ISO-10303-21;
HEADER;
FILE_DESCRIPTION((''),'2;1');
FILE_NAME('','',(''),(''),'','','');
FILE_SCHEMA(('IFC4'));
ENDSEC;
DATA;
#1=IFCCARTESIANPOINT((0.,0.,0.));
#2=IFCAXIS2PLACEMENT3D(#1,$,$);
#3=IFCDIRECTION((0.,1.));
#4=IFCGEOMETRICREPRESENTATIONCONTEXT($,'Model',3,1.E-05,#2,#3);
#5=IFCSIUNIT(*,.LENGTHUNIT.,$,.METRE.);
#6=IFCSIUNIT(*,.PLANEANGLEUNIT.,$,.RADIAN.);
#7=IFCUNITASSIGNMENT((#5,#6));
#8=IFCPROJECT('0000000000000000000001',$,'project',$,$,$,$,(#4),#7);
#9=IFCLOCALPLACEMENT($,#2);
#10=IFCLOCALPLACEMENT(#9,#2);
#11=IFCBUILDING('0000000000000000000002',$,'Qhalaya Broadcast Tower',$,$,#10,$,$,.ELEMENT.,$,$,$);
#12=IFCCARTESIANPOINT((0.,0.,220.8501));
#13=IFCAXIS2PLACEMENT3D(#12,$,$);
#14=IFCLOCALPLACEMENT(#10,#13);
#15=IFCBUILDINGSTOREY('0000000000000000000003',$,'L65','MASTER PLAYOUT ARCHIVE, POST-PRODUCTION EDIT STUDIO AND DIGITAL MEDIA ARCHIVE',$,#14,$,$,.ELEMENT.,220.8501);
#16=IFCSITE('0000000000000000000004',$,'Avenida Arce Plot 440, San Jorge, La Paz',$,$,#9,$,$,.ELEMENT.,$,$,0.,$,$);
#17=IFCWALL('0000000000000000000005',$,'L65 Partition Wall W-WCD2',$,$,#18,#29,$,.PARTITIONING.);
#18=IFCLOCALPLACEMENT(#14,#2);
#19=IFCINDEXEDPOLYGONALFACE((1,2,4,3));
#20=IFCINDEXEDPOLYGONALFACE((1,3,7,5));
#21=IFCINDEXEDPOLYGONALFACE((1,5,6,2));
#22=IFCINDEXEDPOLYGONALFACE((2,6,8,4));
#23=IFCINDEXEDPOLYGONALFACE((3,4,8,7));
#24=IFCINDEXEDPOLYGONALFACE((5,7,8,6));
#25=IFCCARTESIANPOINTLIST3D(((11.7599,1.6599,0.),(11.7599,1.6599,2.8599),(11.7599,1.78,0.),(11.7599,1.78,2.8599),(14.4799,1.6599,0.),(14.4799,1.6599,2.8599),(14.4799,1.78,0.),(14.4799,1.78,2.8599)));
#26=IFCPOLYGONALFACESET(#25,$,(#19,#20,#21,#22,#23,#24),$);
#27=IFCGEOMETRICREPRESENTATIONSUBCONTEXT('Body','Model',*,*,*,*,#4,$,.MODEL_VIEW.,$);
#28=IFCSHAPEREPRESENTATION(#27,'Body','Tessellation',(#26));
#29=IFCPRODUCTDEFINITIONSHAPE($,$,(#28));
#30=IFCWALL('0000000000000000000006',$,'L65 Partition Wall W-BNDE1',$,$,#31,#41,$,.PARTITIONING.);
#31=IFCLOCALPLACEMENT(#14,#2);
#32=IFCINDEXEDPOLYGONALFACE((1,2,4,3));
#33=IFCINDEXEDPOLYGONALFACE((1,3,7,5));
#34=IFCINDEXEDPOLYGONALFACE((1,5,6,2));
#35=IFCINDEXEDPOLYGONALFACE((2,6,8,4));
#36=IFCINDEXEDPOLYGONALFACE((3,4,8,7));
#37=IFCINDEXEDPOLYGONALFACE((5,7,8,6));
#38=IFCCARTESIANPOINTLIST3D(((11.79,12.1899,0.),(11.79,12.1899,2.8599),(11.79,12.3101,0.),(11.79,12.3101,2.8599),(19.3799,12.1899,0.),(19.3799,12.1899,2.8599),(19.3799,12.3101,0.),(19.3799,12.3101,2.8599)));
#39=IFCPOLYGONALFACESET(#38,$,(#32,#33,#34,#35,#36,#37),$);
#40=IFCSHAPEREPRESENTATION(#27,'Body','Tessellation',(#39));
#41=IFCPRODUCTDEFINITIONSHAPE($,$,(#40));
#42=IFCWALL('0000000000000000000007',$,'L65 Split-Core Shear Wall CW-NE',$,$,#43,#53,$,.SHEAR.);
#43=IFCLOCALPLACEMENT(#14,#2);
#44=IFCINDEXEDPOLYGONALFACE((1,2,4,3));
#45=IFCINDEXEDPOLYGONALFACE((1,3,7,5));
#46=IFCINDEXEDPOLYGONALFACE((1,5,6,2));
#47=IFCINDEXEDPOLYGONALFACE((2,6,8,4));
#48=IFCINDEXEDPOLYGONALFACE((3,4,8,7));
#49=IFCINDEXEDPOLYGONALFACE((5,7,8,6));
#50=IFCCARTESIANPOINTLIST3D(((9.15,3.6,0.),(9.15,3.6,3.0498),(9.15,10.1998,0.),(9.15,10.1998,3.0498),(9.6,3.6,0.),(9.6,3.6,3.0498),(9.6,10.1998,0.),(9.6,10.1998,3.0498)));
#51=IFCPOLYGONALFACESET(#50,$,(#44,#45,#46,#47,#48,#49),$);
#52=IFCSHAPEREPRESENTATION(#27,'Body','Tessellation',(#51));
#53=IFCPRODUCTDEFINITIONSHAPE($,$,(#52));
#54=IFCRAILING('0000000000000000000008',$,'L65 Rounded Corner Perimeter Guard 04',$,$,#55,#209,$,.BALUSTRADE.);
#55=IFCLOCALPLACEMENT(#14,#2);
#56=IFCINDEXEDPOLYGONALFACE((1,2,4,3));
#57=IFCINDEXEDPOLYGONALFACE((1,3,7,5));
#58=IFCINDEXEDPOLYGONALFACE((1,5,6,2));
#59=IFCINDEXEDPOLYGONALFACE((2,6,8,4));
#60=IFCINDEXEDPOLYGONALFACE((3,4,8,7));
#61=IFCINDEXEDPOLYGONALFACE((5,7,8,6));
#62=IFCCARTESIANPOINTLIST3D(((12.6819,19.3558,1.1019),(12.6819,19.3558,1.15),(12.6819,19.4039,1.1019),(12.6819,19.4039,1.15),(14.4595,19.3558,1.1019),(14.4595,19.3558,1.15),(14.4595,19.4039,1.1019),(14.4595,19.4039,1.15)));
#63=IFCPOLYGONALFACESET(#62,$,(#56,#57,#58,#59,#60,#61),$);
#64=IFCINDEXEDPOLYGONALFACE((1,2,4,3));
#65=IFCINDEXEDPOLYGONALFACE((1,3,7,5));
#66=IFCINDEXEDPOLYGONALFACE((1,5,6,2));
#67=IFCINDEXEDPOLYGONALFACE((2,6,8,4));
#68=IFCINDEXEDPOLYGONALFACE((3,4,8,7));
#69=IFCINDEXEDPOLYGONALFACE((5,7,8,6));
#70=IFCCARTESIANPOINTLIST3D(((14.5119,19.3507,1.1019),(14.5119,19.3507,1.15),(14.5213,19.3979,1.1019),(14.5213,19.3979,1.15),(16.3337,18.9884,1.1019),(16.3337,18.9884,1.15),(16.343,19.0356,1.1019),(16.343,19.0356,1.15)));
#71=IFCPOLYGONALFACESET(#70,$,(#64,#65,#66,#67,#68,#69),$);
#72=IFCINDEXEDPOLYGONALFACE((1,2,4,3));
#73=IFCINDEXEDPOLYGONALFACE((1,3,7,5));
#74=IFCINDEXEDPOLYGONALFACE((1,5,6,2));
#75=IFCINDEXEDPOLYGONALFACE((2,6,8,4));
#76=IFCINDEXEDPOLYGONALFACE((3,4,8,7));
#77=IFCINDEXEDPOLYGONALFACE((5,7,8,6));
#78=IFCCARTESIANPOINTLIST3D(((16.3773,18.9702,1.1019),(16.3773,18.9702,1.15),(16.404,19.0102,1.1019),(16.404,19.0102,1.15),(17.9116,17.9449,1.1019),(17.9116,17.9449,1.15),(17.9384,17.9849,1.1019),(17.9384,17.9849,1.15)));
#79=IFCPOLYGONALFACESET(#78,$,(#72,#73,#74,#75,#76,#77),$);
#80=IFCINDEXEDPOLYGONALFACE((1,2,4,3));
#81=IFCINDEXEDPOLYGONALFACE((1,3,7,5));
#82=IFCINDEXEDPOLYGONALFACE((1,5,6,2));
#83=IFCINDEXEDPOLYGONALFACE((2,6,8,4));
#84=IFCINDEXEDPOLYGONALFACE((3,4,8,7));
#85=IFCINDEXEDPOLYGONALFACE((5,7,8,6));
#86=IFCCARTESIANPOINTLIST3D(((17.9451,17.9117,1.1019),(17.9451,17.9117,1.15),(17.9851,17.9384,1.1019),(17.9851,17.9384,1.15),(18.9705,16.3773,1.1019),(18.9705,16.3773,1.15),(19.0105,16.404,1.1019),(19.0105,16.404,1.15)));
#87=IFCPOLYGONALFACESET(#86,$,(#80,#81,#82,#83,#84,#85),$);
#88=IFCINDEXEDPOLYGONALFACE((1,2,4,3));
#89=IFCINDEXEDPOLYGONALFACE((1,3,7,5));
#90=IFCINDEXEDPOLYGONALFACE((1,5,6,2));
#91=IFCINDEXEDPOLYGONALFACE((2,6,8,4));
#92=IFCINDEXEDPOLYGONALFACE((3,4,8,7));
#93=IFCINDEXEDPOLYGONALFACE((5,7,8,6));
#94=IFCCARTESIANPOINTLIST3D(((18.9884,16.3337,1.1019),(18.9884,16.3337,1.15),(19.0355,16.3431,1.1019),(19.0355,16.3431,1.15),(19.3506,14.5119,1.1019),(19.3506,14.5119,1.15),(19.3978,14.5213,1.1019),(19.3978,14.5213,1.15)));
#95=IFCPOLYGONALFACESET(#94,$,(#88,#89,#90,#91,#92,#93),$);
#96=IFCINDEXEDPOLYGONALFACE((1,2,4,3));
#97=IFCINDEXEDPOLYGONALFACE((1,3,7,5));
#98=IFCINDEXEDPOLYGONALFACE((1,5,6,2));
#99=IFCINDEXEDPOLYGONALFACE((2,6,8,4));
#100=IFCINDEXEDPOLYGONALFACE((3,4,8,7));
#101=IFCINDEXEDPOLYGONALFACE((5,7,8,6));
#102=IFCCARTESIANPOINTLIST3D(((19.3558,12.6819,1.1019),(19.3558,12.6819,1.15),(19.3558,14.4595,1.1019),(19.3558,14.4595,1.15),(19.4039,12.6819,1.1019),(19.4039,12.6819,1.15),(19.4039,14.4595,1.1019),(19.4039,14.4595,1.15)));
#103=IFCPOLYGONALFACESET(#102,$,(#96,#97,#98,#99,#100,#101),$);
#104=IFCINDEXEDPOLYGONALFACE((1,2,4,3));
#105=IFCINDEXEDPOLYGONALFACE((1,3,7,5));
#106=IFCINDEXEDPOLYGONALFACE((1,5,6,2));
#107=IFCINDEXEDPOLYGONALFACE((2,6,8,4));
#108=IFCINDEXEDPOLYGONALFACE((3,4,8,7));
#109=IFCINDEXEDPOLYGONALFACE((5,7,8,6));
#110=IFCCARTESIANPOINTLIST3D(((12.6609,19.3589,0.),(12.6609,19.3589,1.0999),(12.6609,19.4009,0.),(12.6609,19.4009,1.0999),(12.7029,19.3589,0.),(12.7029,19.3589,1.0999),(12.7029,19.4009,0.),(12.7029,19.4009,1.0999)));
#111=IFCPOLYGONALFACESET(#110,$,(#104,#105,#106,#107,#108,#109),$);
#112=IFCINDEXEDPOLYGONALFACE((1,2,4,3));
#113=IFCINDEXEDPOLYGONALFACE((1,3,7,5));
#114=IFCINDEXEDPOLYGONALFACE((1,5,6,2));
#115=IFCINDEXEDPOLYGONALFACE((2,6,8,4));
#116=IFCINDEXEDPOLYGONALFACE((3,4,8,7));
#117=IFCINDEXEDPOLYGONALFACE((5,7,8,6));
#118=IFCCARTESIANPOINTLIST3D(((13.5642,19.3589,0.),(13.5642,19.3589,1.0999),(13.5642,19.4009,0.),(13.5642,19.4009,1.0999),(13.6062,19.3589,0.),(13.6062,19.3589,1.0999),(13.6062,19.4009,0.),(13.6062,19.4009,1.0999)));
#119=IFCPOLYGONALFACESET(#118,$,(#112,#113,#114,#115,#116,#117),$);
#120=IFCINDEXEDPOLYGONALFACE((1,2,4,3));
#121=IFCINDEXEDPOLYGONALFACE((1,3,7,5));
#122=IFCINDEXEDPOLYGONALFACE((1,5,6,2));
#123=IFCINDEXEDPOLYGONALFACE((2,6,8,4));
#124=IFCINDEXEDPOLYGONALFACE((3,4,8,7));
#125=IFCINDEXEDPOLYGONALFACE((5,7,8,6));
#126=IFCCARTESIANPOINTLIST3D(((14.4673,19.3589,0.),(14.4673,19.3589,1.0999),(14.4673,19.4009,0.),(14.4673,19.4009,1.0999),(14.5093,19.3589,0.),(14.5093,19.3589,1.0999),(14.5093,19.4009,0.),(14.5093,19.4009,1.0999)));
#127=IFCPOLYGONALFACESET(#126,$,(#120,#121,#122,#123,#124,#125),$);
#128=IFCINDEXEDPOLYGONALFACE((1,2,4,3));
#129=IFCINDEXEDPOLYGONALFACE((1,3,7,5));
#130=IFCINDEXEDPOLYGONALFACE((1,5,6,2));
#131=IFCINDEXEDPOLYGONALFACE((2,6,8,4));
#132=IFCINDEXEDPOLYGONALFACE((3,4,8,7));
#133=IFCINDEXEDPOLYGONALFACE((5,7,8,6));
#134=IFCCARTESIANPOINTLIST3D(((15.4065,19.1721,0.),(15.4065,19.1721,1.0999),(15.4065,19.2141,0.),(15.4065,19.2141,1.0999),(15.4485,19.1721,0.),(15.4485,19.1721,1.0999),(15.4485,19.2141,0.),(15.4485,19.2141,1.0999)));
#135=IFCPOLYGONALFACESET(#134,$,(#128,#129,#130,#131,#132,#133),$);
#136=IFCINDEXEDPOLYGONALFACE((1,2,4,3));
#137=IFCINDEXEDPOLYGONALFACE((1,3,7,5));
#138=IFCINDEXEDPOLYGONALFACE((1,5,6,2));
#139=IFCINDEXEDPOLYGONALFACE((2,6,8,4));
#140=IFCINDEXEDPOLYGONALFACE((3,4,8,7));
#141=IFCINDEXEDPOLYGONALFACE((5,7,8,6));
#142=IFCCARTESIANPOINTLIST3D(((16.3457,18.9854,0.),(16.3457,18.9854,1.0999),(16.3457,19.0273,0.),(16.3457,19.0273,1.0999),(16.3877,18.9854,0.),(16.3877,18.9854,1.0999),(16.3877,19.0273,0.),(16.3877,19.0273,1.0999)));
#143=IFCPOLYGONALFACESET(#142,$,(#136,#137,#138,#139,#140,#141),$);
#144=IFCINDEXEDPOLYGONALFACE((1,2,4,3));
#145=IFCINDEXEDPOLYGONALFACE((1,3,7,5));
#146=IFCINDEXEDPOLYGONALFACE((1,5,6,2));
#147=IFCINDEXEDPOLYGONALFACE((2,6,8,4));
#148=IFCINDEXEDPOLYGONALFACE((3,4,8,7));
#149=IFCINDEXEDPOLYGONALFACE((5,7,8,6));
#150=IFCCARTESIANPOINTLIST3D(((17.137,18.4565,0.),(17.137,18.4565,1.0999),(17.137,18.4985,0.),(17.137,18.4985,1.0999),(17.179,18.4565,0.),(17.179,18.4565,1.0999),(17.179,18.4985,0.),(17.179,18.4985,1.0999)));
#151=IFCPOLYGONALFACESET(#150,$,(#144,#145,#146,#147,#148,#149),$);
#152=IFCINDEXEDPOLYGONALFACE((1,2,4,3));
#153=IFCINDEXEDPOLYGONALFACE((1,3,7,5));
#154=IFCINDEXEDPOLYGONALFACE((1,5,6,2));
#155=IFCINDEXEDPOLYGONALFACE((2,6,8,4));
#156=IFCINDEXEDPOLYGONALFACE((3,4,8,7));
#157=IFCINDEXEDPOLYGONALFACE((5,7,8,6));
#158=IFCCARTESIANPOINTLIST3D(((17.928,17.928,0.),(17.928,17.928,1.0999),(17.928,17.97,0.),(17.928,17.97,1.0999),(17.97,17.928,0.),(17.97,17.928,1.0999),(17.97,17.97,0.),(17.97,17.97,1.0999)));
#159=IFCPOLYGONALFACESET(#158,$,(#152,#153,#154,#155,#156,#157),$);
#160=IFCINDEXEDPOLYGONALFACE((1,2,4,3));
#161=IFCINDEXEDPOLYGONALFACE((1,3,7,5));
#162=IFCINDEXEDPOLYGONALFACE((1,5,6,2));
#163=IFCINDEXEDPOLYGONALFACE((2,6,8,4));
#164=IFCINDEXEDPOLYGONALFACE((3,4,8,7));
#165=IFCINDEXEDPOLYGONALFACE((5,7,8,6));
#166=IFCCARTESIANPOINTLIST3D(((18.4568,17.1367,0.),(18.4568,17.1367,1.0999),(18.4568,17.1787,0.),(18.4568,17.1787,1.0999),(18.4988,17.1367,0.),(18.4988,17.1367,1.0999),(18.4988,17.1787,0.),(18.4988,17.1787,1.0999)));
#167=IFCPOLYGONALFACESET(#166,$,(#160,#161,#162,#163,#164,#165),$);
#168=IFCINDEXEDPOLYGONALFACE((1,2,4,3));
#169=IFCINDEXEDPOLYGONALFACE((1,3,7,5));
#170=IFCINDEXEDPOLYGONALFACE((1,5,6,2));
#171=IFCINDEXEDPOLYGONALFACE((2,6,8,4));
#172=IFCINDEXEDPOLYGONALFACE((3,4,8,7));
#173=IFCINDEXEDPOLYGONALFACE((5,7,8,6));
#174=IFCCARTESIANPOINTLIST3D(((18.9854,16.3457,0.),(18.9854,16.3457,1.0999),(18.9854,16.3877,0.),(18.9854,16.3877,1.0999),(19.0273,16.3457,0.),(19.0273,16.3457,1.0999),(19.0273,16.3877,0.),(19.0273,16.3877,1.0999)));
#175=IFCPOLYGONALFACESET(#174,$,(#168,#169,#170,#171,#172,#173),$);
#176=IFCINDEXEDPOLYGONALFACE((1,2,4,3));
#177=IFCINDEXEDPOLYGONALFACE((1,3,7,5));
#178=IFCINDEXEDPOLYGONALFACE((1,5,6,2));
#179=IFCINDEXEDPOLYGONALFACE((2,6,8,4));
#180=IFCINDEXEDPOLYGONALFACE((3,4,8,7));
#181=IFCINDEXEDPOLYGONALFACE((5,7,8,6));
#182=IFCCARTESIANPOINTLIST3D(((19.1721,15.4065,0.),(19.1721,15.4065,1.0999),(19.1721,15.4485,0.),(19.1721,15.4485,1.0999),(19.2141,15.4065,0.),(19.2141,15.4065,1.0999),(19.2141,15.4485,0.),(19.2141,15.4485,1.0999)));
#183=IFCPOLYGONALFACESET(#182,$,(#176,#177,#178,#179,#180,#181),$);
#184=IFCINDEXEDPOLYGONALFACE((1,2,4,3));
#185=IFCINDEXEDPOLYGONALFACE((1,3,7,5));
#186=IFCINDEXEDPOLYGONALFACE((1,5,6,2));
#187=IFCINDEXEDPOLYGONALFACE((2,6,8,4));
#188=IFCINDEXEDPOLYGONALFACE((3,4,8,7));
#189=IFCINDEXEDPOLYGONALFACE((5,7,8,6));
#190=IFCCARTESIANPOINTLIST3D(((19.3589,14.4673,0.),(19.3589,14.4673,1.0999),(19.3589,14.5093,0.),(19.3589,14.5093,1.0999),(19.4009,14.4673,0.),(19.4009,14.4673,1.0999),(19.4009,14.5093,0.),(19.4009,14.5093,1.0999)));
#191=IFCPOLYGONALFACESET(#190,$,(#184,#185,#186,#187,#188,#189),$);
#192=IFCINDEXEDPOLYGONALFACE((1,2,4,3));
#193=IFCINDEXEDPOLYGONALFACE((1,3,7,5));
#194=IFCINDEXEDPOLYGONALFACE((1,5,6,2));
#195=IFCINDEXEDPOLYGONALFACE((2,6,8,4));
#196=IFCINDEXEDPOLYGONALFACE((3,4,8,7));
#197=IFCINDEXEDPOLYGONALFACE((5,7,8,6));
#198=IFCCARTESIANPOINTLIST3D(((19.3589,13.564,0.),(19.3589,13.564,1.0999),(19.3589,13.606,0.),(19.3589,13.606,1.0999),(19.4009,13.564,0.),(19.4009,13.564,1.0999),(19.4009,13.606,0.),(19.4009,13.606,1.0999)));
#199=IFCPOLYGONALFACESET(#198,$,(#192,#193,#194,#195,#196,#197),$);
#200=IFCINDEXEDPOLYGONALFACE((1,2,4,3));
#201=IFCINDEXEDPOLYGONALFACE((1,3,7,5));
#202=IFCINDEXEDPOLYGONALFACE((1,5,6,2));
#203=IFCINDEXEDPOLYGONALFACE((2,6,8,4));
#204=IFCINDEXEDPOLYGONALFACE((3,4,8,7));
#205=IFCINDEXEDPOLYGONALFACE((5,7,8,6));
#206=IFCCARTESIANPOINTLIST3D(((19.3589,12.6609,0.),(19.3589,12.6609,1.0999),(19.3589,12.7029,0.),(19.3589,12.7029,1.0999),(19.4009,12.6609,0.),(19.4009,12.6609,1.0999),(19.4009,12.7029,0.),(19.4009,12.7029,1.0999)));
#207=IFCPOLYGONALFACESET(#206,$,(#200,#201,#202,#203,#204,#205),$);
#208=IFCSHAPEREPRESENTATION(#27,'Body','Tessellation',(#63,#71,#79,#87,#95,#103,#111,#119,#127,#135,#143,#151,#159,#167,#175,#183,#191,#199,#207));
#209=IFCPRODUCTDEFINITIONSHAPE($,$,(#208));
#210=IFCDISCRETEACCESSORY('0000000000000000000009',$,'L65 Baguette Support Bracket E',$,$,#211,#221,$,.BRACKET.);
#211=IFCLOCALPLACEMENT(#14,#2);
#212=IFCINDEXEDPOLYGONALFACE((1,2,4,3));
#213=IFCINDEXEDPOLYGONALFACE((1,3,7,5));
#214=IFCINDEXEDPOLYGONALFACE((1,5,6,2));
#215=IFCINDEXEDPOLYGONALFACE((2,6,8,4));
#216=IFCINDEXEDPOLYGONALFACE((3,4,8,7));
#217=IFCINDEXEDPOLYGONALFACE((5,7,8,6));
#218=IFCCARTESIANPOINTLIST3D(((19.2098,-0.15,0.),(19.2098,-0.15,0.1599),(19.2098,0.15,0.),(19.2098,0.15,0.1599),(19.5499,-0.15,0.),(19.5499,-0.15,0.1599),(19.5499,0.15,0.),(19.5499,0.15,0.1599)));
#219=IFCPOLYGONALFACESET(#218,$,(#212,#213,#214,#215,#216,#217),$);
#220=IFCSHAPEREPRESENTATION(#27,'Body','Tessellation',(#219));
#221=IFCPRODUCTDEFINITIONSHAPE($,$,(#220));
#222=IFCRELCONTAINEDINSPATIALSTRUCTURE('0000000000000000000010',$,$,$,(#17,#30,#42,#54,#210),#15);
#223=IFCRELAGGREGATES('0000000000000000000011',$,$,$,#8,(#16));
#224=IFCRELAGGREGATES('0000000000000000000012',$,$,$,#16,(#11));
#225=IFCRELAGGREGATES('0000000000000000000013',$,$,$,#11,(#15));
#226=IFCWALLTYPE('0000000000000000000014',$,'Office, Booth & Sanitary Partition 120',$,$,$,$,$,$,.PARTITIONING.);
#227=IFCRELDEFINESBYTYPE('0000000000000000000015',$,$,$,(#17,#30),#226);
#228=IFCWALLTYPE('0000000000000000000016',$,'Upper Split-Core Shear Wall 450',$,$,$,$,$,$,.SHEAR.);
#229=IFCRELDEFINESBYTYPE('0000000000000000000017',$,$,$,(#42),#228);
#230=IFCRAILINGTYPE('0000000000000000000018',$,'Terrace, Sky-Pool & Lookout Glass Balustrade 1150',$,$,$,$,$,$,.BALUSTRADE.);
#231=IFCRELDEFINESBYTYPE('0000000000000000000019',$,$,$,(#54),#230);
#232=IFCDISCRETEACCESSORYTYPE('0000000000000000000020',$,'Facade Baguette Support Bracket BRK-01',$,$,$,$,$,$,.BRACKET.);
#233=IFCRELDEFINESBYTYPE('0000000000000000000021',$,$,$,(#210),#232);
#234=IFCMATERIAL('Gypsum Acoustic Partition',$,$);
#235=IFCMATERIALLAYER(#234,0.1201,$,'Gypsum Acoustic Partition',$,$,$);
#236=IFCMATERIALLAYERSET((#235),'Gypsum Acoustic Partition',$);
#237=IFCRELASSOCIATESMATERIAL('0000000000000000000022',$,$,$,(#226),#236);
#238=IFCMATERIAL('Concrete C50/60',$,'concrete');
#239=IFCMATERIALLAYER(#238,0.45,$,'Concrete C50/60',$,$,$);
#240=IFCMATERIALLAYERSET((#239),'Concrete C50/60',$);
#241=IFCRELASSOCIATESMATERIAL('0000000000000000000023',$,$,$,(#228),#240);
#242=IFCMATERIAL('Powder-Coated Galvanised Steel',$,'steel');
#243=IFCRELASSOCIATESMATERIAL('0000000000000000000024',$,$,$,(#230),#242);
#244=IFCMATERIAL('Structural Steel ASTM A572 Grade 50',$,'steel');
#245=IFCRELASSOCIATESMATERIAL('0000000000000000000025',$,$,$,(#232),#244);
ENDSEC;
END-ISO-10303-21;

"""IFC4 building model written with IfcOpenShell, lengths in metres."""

from ifc_helpers import new_model, si_unit, direction, frame, frame_2d, origin, origin_2d, place, context, subcontext, project, spatial, rectangle, extrude, material, layer, layer_set, type_object, element, save


model = new_model("IFC4")

# Units and contexts
model_context = context("Model", 3, precision=1e-05, world=origin(), true_north=direction((0.0, 1.0)))
body_context = subcontext(model_context, "Body", "Model", "MODEL_VIEW")
ifc_project = project(units=[si_unit("LENGTHUNIT", "METRE"), si_unit("PLANEANGLEUNIT", "RADIAN")], contexts=[model_context])

# Site, building, storey
site_placement = place(None, origin())
site = spatial("IfcSite", under=ifc_project, at=site_placement, Name="Avenida Arce Plot 440, San Jorge, La Paz", CompositionType="ELEMENT", RefElevation=0.0)
building_placement = place(site_placement, origin())
building = spatial("IfcBuilding", under=site, at=building_placement, Name="Qhalaya Broadcast Tower", CompositionType="ELEMENT")
storey_placement = place(building_placement, frame((0.0, 0.0, 220.8501)))
storey = spatial("IfcBuildingStorey", under=building, at=storey_placement, Name="L65", Description="MASTER PLAYOUT ARCHIVE, POST-PRODUCTION EDIT STUDIO AND DIGITAL MEDIA ARCHIVE", CompositionType="ELEMENT", Elevation=220.8501)

# Shared definitions
ifc_material_1 = material(Name="Concrete C50/60", Category="concrete")
ifc_material_2 = material(Name="Structural Steel ASTM A572 Grade 50", Category="steel")

# Shared definitions
ifc_material_3 = material(Name="Gypsum Acoustic Partition")

# Shared definitions
ifc_layer_1 = layer(ifc_material_3, 0.1201, Name="Gypsum Acoustic Partition")
ifc_layer_set_1 = layer_set([ifc_layer_1], Name="Gypsum Acoustic Partition")
wall_type_1 = type_object("IfcWallType", Name="Office, Booth & Sanitary Partition 120", PredefinedType="PARTITIONING", material=ifc_layer_set_1)

# Walls
wall_1_placement = place(storey_placement, frame((11.76, 1.72, 0.0), z_axis=(0.0, 0.0, 1.0), x_axis=(1.0, 0.0, 0.0)))
element("IfcWall", 1, at=wall_1_placement, inside=storey, type_object=wall_type_1, Name="L65 Partition Wall W-WCD2", PredefinedType="PARTITIONING", context=body_context, shape_type="SweptSolid", body=[
    extrude(rectangle(XDim=2.72, YDim=0.1201, at=frame_2d((1.3599, 0.0))), origin(), (0.0, 0.0, 1.0), 2.8599),
])
wall_2_placement = place(storey_placement, frame((11.79, 12.25, 0.0), z_axis=(0.0, 0.0, 1.0), x_axis=(1.0, 0.0, 0.0)))
element("IfcWall", 2, at=wall_2_placement, inside=storey, type_object=wall_type_1, Name="L65 Partition Wall W-BNDE1", PredefinedType="PARTITIONING", context=body_context, shape_type="SweptSolid", body=[
    extrude(rectangle(XDim=7.5898, YDim=0.1201, at=frame_2d((3.7949, 0.0))), origin(), (0.0, 0.0, 1.0), 2.8599),
])
ifc_layer_2 = layer(ifc_material_1, 0.45, Name="Concrete C50/60")
ifc_layer_set_2 = layer_set([ifc_layer_2], Name="Concrete C50/60")
wall_type_2 = type_object("IfcWallType", Name="Upper Split-Core Shear Wall 450", PredefinedType="SHEAR", material=ifc_layer_set_2)
wall_3_placement = place(storey_placement, frame((9.375, 3.6001, 0.0), z_axis=(0.0, 0.0, 1.0), x_axis=(0.0, 1.0, 0.0)))
element("IfcWall", 3, at=wall_3_placement, inside=storey, type_object=wall_type_2, Name="L65 Split-Core Shear Wall CW-NE", PredefinedType="SHEAR", context=body_context, shape_type="SweptSolid", body=[
    extrude(rectangle(XDim=6.5999, YDim=0.45, at=frame_2d((3.2998, 0.0))), origin(), (0.0, 0.0, 1.0), 3.0498),
])

# Railing
ifc_material_4 = material(Name="Powder-Coated Galvanised Steel", Category="steel")
railing_type = type_object("IfcRailingType", Name="Terrace, Sky-Pool & Lookout Glass Balustrade 1150", PredefinedType="BALUSTRADE", material=ifc_material_4)
railing_placement = place(storey_placement, frame((12.6819, 19.3799, 0.0)))
element("IfcRailing", 4, at=railing_placement, inside=storey, type_object=railing_type, Name="L65 Rounded Corner Perimeter Guard 04", PredefinedType="BALUSTRADE", context=body_context, shape_type="SweptSolid", body=[
    extrude(rectangle(XDim=0.0481, YDim=0.0481, at=origin_2d()), frame((0.0, 0.0, 1.126), z_axis=(1.0, 0.0, 0.0), x_axis=(0.0, 1.0, 0.0)), (0.0, 0.0, 1.0), 1.7776),
    extrude(rectangle(XDim=0.0481, YDim=0.0481, at=origin_2d()), frame((1.8347, -0.0056, 1.126), z_axis=(0.980796, -0.195037, 0.0), x_axis=(0.195037, 0.980796, 0.0)), (0.0, 0.0, 1.0), 1.8574),
    extrude(rectangle(XDim=0.0481, YDim=0.0481, at=origin_2d()), frame((3.7087, -0.3896, 1.126), z_axis=(0.831438, -0.555618, 0.0), x_axis=(0.555618, 0.831438, 0.0)), (0.0, 0.0, 1.0), 1.8455),
    extrude(rectangle(XDim=0.0481, YDim=0.0481, at=origin_2d()), frame((5.2832, -1.4548, 1.126), z_axis=(0.555618, -0.831438, 0.0), x_axis=(0.831438, 0.555618, 0.0)), (0.0, 0.0, 1.0), 1.8455),
    extrude(rectangle(XDim=0.0481, YDim=0.0481, at=origin_2d()), frame((6.3301, -3.0415, 1.126), z_axis=(0.195037, -0.980796, 0.0), x_axis=(0.980796, 0.195037, 0.0)), (0.0, 0.0, 1.0), 1.8574),
    extrude(rectangle(XDim=0.0481, YDim=0.0481, at=origin_2d()), frame((6.698, -4.9204, 1.126), z_axis=(0.0, -1.0, 0.0), x_axis=(1.0, 0.0, 0.0)), (0.0, 0.0, 1.0), 1.7776),
    extrude(rectangle(XDim=0.042, YDim=0.042, at=origin_2d()), origin(), (0.0, 0.0, 1.0), 1.0999),
    extrude(rectangle(XDim=0.042, YDim=0.042, at=origin_2d()), frame((0.9033, 0.0, 0.0)), (0.0, 0.0, 1.0), 1.0999),
    extrude(rectangle(XDim=0.042, YDim=0.042, at=origin_2d()), frame((1.8064, 0.0, 0.0)), (0.0, 0.0, 1.0), 1.0999),
    extrude(rectangle(XDim=0.042, YDim=0.042, at=origin_2d()), frame((2.7456, -0.1868, 0.0)), (0.0, 0.0, 1.0), 1.0999),
    extrude(rectangle(XDim=0.042, YDim=0.042, at=origin_2d()), frame((3.6848, -0.3735, 0.0)), (0.0, 0.0, 1.0), 1.0999),
    extrude(rectangle(XDim=0.042, YDim=0.042, at=origin_2d()), frame((4.4761, -0.9023, 0.0)), (0.0, 0.0, 1.0), 1.0999),
    extrude(rectangle(XDim=0.042, YDim=0.042, at=origin_2d()), frame((5.2671, -1.4309, 0.0)), (0.0, 0.0, 1.0), 1.0999),
    extrude(rectangle(XDim=0.042, YDim=0.042, at=origin_2d()), frame((5.7959, -2.2222, 0.0)), (0.0, 0.0, 1.0), 1.0999),
    extrude(rectangle(XDim=0.042, YDim=0.042, at=origin_2d()), frame((6.3245, -3.0132, 0.0)), (0.0, 0.0, 1.0), 1.0999),
    extrude(rectangle(XDim=0.042, YDim=0.042, at=origin_2d()), frame((6.5112, -3.9524, 0.0)), (0.0, 0.0, 1.0), 1.0999),
    extrude(rectangle(XDim=0.042, YDim=0.042, at=origin_2d()), frame((6.698, -4.8916, 0.0)), (0.0, 0.0, 1.0), 1.0999),
    extrude(rectangle(XDim=0.042, YDim=0.042, at=origin_2d()), frame((6.698, -5.7949, 0.0)), (0.0, 0.0, 1.0), 1.0999),
    extrude(rectangle(XDim=0.042, YDim=0.042, at=origin_2d()), frame((6.698, -6.698, 0.0)), (0.0, 0.0, 1.0), 1.0999),
])

# Discrete accessory
discrete_accessory_type = type_object("IfcDiscreteAccessoryType", Name="Facade Baguette Support Bracket BRK-01", PredefinedType="BRACKET", material=ifc_material_2)
discrete_accessory_placement = place(storey_placement, frame((19.3799, 0.0, 0.0), z_axis=(0.0, 0.0, 1.0), x_axis=(0.0, 1.0, 0.0)))
element("IfcDiscreteAccessory", 5, at=discrete_accessory_placement, inside=storey, type_object=discrete_accessory_type, Name="L65 Baguette Support Bracket E", PredefinedType="BRACKET", context=body_context, shape_type="SweptSolid", body=[
    extrude(rectangle(XDim=0.3, YDim=0.3401, at=origin_2d()), origin(), (0.0, 0.0, 1.0), 0.1599),
])

save(model, "model.ifc")
